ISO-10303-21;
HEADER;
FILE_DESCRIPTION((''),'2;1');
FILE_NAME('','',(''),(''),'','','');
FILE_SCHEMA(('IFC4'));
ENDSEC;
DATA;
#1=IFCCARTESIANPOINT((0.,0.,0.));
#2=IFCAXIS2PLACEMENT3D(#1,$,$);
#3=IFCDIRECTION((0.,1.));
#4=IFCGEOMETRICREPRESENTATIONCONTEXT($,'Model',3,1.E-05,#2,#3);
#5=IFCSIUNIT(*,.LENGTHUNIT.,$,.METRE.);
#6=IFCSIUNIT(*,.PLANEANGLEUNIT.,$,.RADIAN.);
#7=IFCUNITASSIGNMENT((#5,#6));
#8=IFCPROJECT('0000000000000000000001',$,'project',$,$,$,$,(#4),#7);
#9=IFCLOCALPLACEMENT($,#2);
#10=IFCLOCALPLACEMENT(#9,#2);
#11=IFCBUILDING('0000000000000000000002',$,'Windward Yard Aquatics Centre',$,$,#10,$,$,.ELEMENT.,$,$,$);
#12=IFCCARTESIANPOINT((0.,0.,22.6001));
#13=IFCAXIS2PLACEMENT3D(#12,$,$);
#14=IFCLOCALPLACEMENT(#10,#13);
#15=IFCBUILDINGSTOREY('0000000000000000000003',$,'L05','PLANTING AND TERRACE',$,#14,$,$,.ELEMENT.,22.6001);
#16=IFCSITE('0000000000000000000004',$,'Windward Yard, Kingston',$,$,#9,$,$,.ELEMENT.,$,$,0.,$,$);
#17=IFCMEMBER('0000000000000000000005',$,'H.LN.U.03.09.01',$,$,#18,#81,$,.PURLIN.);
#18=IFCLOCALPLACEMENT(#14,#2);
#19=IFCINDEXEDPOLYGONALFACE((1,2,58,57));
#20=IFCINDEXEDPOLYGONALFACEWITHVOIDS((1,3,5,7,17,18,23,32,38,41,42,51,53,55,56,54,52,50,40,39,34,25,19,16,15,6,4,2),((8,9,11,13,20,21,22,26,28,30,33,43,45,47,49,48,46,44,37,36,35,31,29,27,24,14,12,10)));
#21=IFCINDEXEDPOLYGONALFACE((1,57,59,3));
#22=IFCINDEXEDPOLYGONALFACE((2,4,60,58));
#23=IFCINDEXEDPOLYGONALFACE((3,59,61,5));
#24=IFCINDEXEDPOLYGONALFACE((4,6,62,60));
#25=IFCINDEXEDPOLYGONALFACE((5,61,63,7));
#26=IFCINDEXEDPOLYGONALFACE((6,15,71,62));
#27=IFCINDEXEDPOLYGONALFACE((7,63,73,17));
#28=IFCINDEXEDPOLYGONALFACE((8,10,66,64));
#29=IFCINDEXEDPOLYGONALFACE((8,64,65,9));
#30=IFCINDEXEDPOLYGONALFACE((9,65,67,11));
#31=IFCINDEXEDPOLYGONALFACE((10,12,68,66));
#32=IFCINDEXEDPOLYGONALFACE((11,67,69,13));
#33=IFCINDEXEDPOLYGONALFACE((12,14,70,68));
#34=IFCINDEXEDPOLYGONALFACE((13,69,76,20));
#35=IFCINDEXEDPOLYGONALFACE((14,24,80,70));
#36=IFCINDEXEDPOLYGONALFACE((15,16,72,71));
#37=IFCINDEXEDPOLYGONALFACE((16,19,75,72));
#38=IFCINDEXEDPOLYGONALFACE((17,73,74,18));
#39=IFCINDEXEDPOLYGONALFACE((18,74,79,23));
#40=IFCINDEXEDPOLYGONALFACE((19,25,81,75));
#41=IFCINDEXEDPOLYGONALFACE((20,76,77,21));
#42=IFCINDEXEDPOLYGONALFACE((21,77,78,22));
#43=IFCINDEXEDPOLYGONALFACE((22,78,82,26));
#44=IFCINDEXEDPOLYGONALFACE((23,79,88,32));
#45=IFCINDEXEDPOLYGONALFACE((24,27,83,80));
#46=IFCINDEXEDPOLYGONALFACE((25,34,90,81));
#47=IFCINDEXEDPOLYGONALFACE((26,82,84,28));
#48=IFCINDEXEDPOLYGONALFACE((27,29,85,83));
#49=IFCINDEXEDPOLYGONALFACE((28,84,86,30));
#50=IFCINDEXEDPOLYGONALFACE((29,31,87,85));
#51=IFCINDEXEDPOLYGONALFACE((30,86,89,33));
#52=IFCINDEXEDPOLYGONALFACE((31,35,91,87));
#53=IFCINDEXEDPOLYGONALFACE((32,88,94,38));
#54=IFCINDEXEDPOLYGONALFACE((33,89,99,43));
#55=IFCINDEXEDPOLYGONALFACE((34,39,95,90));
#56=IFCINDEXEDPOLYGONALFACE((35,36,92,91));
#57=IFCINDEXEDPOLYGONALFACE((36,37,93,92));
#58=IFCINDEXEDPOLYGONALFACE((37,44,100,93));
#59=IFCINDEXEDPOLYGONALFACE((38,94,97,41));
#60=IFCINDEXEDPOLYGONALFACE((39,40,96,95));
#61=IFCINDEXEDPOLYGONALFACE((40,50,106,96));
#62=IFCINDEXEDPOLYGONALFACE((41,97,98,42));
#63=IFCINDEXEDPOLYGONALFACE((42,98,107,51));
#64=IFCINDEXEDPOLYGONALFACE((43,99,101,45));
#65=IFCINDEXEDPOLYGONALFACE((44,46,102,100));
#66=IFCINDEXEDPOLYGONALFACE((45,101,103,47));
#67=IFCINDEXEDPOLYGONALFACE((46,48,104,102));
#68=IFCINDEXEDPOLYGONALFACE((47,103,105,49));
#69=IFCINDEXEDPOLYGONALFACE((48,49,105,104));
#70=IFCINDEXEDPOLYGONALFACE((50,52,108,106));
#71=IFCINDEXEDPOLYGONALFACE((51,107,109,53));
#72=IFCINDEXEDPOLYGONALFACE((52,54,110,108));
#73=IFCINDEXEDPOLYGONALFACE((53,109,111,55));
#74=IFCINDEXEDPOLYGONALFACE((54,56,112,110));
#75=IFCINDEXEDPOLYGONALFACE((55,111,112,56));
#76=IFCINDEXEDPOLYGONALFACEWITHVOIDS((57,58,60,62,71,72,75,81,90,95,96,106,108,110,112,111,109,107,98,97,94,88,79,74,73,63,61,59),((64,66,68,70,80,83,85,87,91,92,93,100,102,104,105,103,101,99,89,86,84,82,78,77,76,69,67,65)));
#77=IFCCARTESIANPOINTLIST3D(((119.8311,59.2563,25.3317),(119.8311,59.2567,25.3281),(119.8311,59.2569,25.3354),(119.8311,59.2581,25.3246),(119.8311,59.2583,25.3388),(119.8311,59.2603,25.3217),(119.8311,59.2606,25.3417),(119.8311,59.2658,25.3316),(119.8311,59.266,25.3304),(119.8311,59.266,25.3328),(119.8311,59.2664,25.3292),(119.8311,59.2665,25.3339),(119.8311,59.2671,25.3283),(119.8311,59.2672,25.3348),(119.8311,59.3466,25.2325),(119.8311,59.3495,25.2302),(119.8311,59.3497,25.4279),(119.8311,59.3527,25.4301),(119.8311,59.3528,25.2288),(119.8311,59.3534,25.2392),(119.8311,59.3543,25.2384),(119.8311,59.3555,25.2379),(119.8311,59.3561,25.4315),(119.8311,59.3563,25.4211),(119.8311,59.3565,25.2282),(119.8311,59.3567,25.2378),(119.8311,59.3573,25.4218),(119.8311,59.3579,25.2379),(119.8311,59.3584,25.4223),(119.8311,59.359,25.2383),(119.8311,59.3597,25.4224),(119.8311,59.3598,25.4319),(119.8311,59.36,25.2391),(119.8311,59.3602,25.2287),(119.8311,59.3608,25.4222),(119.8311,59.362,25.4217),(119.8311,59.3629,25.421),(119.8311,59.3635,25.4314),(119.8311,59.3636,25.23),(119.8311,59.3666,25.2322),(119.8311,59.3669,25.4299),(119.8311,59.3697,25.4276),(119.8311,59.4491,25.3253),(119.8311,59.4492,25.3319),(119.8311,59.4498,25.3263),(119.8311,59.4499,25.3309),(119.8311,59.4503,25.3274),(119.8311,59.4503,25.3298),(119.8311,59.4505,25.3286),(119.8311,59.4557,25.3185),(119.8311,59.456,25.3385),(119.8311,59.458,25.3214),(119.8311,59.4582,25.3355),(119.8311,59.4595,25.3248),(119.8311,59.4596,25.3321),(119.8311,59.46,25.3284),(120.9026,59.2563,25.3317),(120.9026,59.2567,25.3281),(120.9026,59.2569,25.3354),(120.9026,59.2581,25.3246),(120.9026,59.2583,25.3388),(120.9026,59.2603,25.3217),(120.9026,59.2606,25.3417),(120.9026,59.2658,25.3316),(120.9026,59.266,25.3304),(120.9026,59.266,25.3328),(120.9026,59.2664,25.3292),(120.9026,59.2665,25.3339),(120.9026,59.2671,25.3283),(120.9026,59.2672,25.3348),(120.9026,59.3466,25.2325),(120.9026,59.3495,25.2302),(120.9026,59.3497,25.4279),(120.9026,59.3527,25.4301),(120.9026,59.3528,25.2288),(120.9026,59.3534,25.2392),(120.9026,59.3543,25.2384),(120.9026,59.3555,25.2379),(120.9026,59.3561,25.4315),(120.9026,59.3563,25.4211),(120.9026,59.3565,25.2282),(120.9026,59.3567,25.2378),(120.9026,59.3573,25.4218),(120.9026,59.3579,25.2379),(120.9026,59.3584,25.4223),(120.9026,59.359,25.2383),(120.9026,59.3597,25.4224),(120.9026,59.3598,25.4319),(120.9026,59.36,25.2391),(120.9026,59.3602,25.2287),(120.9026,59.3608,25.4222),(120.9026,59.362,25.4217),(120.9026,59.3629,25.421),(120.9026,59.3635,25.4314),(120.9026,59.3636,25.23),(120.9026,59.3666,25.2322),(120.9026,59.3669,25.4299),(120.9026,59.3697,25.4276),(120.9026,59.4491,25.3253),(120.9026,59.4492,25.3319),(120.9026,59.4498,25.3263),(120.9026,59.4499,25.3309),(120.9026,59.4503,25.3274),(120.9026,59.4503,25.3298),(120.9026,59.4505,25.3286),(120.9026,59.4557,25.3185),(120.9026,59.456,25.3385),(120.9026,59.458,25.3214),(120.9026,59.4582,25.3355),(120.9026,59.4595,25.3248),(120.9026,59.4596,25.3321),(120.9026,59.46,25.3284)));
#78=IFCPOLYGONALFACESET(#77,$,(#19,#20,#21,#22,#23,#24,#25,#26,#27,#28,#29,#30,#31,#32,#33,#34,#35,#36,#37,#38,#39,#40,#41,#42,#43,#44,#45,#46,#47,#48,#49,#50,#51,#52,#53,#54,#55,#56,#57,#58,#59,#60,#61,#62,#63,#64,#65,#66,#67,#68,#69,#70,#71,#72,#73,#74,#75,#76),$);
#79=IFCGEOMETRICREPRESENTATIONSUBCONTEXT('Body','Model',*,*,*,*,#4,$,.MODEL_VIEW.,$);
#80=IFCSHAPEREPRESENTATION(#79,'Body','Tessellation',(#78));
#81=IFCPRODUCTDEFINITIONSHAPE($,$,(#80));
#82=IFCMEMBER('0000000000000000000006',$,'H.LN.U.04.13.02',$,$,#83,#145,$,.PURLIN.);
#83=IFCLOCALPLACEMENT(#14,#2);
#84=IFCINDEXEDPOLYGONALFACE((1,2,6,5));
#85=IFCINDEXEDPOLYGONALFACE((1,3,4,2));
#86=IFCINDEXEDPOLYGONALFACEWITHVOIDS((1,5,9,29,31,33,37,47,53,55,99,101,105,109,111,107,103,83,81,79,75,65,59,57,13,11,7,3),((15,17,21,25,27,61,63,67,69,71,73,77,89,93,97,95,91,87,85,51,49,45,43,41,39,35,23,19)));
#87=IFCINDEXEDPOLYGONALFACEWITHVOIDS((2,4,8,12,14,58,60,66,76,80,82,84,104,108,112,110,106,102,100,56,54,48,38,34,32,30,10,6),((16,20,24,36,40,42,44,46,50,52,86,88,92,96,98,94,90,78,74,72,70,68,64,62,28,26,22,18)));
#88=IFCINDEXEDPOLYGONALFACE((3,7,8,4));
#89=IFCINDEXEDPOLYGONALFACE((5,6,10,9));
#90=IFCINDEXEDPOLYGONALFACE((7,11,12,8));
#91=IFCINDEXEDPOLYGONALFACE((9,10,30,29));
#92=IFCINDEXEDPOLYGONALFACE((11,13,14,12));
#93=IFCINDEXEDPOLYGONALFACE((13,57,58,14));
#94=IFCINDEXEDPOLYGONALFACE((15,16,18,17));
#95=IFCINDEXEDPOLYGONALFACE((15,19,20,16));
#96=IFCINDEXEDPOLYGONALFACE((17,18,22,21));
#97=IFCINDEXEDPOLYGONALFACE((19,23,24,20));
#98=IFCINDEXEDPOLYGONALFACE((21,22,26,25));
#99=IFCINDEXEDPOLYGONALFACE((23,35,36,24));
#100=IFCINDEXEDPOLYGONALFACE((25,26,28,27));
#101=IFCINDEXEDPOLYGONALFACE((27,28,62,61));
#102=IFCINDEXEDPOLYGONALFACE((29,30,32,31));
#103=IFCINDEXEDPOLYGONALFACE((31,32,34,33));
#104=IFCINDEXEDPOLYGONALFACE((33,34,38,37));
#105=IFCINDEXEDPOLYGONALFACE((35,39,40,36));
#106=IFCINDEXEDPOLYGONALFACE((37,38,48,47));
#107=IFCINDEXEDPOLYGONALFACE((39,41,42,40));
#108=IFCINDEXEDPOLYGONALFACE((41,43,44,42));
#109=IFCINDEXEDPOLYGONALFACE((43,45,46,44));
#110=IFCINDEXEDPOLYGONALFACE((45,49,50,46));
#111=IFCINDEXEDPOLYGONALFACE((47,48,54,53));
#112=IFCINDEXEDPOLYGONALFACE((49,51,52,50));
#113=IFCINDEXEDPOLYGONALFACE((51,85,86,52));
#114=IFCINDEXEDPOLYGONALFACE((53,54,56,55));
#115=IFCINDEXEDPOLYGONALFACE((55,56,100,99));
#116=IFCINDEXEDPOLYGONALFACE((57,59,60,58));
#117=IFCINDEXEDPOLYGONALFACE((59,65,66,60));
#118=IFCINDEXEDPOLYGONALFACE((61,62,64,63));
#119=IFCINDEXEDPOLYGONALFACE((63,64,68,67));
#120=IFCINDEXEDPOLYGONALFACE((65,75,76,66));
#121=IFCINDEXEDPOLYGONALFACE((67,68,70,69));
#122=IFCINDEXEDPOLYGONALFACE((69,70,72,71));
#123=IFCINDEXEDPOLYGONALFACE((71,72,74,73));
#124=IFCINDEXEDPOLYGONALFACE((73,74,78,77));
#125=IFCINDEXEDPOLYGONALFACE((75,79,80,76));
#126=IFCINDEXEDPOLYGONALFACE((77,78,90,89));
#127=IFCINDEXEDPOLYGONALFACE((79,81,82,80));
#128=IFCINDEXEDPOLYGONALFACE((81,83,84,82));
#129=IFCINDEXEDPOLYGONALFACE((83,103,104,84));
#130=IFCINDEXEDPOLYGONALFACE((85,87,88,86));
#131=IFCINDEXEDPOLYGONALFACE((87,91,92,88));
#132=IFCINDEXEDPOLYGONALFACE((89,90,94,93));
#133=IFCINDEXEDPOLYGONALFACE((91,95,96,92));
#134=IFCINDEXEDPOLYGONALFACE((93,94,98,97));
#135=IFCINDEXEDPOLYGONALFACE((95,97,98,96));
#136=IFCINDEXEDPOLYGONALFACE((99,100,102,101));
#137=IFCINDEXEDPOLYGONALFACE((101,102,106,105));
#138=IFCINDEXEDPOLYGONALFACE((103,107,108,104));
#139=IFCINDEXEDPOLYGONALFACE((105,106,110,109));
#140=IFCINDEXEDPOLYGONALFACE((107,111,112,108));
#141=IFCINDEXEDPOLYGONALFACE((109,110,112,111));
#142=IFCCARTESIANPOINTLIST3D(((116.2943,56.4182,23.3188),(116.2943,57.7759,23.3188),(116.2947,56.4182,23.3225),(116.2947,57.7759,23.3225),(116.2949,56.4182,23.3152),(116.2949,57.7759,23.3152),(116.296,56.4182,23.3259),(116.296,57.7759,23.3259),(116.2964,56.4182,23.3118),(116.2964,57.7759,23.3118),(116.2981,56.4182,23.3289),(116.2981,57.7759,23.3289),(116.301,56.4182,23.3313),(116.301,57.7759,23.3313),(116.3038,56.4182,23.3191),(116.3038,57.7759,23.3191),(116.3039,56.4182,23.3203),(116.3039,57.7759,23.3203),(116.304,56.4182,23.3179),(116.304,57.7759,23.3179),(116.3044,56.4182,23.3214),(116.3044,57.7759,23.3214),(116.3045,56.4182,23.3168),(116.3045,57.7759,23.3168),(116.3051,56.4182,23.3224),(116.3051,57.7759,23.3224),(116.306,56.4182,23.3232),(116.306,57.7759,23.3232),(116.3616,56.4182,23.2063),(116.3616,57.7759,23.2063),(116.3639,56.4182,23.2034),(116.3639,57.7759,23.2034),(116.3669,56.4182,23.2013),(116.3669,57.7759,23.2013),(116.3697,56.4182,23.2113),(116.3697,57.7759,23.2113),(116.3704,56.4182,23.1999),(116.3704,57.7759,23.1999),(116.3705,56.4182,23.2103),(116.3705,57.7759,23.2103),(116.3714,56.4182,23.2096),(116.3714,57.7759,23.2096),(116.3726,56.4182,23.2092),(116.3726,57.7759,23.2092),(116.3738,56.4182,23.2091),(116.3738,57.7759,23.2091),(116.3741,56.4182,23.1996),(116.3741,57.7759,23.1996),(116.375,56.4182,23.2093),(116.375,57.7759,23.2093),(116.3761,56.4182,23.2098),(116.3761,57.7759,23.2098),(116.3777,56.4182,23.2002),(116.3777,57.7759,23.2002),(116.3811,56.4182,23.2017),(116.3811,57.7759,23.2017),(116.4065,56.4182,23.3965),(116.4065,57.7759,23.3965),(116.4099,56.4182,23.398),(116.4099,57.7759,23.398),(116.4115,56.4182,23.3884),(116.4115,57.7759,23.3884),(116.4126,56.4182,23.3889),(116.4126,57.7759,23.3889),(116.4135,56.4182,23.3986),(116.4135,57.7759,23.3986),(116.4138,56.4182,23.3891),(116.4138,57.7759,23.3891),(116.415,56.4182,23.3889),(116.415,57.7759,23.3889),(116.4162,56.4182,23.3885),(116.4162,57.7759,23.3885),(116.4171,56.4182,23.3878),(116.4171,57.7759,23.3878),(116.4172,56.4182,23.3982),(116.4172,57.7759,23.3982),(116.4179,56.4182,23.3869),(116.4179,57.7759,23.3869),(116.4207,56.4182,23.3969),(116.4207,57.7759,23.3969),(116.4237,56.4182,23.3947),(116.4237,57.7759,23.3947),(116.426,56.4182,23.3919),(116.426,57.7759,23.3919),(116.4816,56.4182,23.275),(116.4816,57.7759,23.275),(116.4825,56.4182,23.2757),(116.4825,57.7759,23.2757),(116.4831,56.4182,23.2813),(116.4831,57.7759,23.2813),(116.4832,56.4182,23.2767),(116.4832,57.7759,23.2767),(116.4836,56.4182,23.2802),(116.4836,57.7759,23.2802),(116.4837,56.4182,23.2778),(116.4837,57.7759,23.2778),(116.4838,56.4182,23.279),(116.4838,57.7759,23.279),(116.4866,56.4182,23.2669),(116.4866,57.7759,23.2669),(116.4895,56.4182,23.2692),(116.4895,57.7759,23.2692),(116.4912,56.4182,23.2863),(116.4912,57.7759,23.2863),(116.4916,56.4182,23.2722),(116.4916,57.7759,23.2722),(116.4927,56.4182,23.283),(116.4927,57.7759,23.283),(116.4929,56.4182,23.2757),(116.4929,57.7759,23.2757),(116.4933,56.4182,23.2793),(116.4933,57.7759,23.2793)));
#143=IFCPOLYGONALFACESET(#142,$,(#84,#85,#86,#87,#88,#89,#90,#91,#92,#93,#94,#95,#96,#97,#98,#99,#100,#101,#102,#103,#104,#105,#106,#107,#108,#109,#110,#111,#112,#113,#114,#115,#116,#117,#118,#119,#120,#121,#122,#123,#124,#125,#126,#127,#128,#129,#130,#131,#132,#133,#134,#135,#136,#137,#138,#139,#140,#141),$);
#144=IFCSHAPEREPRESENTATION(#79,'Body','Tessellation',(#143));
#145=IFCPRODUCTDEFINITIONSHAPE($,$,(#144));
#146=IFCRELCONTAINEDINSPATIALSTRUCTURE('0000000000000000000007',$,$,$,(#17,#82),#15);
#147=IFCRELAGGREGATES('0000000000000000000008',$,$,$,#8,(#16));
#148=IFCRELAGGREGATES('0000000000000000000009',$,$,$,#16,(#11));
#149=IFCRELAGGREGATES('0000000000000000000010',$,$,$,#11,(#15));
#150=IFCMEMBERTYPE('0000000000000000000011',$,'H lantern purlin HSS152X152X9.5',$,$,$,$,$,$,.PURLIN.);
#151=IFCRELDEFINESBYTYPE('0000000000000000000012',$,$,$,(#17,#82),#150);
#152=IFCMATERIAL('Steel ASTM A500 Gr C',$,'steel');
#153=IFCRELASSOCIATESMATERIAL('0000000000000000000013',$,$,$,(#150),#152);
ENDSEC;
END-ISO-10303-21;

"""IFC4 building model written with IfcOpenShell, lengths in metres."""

from ifc_helpers import new_model, si_unit, direction, frame, origin, origin_2d, place, context, subcontext, project, spatial, hollow_rectangle, extrude, material, material_profile, profile_set, type_object, element, save


model = new_model("IFC4")

# Units and contexts
model_context = context("Model", 3, precision=1e-05, world=origin(), true_north=direction((0.0, 1.0)))
body_context = subcontext(model_context, "Body", "Model", "MODEL_VIEW")
ifc_project = project(units=[si_unit("LENGTHUNIT", "METRE"), si_unit("PLANEANGLEUNIT", "RADIAN")], contexts=[model_context])

# Site, building, storey
site_placement = place(None, origin())
site = spatial("IfcSite", under=ifc_project, at=site_placement, Name="Windward Yard, Kingston", CompositionType="ELEMENT", RefElevation=0.0)
building_placement = place(site_placement, origin())
building = spatial("IfcBuilding", under=site, at=building_placement, Name="Windward Yard Aquatics Centre", CompositionType="ELEMENT")
storey_placement = place(building_placement, frame((0.0, 0.0, 22.6001)))
storey = spatial("IfcBuildingStorey", under=building, at=storey_placement, Name="L05", Description="PLANTING AND TERRACE", CompositionType="ELEMENT", Elevation=22.6001)

# Members
ifc_material_1 = material(Name="Steel ASTM A500 Gr C", Category="steel")
ifc_material_profile = material_profile(ifc_material_1, hollow_rectangle(XDim=0.1523, YDim=0.1523, WallThickness=0.0095, InnerFilletRadius=0.0046, OuterFilletRadius=0.0142, at=origin_2d()), Name="HSS152X152X9.5")
ifc_profile_set = profile_set([ifc_material_profile], Name="Steel ASTM A500 Gr C")
member_type = type_object("IfcMemberType", Name="H lantern purlin HSS152X152X9.5", PredefinedType="PURLIN", material=ifc_profile_set)
member_1_placement = place(storey_placement, frame((119.8311, 59.3582, 25.3301), z_axis=(1.0, 0.0, 0.0), x_axis=(0.0, 0.69555, -0.718477)))
element("IfcMember", 1, at=member_1_placement, inside=storey, type_object=member_type, Name="H.LN.U.03.09.01", PredefinedType="PURLIN", context=body_context, shape_type="SweptSolid", body=[
    extrude(hollow_rectangle(XDim=0.1523, YDim=0.1523, WallThickness=0.0095, InnerFilletRadius=0.0046, OuterFilletRadius=0.0142, at=origin_2d()), origin(), (0.0, 0.0, 1.0), 1.0715),
])
member_2_placement = place(storey_placement, frame((116.3938, 56.4182, 23.2991), z_axis=(0.0, 1.0, 0.0), x_axis=(-0.850755, 0.0, -0.525562)))
element("IfcMember", 2, at=member_2_placement, inside=storey, type_object=member_type, Name="H.LN.U.04.13.02", PredefinedType="PURLIN", context=body_context, shape_type="SweptSolid", body=[
    extrude(hollow_rectangle(XDim=0.1523, YDim=0.1523, WallThickness=0.0095, InnerFilletRadius=0.0046, OuterFilletRadius=0.0142, at=origin_2d()), origin(), (0.0, 0.0, 1.0), 1.3577),
])

save(model, "model.ifc")
